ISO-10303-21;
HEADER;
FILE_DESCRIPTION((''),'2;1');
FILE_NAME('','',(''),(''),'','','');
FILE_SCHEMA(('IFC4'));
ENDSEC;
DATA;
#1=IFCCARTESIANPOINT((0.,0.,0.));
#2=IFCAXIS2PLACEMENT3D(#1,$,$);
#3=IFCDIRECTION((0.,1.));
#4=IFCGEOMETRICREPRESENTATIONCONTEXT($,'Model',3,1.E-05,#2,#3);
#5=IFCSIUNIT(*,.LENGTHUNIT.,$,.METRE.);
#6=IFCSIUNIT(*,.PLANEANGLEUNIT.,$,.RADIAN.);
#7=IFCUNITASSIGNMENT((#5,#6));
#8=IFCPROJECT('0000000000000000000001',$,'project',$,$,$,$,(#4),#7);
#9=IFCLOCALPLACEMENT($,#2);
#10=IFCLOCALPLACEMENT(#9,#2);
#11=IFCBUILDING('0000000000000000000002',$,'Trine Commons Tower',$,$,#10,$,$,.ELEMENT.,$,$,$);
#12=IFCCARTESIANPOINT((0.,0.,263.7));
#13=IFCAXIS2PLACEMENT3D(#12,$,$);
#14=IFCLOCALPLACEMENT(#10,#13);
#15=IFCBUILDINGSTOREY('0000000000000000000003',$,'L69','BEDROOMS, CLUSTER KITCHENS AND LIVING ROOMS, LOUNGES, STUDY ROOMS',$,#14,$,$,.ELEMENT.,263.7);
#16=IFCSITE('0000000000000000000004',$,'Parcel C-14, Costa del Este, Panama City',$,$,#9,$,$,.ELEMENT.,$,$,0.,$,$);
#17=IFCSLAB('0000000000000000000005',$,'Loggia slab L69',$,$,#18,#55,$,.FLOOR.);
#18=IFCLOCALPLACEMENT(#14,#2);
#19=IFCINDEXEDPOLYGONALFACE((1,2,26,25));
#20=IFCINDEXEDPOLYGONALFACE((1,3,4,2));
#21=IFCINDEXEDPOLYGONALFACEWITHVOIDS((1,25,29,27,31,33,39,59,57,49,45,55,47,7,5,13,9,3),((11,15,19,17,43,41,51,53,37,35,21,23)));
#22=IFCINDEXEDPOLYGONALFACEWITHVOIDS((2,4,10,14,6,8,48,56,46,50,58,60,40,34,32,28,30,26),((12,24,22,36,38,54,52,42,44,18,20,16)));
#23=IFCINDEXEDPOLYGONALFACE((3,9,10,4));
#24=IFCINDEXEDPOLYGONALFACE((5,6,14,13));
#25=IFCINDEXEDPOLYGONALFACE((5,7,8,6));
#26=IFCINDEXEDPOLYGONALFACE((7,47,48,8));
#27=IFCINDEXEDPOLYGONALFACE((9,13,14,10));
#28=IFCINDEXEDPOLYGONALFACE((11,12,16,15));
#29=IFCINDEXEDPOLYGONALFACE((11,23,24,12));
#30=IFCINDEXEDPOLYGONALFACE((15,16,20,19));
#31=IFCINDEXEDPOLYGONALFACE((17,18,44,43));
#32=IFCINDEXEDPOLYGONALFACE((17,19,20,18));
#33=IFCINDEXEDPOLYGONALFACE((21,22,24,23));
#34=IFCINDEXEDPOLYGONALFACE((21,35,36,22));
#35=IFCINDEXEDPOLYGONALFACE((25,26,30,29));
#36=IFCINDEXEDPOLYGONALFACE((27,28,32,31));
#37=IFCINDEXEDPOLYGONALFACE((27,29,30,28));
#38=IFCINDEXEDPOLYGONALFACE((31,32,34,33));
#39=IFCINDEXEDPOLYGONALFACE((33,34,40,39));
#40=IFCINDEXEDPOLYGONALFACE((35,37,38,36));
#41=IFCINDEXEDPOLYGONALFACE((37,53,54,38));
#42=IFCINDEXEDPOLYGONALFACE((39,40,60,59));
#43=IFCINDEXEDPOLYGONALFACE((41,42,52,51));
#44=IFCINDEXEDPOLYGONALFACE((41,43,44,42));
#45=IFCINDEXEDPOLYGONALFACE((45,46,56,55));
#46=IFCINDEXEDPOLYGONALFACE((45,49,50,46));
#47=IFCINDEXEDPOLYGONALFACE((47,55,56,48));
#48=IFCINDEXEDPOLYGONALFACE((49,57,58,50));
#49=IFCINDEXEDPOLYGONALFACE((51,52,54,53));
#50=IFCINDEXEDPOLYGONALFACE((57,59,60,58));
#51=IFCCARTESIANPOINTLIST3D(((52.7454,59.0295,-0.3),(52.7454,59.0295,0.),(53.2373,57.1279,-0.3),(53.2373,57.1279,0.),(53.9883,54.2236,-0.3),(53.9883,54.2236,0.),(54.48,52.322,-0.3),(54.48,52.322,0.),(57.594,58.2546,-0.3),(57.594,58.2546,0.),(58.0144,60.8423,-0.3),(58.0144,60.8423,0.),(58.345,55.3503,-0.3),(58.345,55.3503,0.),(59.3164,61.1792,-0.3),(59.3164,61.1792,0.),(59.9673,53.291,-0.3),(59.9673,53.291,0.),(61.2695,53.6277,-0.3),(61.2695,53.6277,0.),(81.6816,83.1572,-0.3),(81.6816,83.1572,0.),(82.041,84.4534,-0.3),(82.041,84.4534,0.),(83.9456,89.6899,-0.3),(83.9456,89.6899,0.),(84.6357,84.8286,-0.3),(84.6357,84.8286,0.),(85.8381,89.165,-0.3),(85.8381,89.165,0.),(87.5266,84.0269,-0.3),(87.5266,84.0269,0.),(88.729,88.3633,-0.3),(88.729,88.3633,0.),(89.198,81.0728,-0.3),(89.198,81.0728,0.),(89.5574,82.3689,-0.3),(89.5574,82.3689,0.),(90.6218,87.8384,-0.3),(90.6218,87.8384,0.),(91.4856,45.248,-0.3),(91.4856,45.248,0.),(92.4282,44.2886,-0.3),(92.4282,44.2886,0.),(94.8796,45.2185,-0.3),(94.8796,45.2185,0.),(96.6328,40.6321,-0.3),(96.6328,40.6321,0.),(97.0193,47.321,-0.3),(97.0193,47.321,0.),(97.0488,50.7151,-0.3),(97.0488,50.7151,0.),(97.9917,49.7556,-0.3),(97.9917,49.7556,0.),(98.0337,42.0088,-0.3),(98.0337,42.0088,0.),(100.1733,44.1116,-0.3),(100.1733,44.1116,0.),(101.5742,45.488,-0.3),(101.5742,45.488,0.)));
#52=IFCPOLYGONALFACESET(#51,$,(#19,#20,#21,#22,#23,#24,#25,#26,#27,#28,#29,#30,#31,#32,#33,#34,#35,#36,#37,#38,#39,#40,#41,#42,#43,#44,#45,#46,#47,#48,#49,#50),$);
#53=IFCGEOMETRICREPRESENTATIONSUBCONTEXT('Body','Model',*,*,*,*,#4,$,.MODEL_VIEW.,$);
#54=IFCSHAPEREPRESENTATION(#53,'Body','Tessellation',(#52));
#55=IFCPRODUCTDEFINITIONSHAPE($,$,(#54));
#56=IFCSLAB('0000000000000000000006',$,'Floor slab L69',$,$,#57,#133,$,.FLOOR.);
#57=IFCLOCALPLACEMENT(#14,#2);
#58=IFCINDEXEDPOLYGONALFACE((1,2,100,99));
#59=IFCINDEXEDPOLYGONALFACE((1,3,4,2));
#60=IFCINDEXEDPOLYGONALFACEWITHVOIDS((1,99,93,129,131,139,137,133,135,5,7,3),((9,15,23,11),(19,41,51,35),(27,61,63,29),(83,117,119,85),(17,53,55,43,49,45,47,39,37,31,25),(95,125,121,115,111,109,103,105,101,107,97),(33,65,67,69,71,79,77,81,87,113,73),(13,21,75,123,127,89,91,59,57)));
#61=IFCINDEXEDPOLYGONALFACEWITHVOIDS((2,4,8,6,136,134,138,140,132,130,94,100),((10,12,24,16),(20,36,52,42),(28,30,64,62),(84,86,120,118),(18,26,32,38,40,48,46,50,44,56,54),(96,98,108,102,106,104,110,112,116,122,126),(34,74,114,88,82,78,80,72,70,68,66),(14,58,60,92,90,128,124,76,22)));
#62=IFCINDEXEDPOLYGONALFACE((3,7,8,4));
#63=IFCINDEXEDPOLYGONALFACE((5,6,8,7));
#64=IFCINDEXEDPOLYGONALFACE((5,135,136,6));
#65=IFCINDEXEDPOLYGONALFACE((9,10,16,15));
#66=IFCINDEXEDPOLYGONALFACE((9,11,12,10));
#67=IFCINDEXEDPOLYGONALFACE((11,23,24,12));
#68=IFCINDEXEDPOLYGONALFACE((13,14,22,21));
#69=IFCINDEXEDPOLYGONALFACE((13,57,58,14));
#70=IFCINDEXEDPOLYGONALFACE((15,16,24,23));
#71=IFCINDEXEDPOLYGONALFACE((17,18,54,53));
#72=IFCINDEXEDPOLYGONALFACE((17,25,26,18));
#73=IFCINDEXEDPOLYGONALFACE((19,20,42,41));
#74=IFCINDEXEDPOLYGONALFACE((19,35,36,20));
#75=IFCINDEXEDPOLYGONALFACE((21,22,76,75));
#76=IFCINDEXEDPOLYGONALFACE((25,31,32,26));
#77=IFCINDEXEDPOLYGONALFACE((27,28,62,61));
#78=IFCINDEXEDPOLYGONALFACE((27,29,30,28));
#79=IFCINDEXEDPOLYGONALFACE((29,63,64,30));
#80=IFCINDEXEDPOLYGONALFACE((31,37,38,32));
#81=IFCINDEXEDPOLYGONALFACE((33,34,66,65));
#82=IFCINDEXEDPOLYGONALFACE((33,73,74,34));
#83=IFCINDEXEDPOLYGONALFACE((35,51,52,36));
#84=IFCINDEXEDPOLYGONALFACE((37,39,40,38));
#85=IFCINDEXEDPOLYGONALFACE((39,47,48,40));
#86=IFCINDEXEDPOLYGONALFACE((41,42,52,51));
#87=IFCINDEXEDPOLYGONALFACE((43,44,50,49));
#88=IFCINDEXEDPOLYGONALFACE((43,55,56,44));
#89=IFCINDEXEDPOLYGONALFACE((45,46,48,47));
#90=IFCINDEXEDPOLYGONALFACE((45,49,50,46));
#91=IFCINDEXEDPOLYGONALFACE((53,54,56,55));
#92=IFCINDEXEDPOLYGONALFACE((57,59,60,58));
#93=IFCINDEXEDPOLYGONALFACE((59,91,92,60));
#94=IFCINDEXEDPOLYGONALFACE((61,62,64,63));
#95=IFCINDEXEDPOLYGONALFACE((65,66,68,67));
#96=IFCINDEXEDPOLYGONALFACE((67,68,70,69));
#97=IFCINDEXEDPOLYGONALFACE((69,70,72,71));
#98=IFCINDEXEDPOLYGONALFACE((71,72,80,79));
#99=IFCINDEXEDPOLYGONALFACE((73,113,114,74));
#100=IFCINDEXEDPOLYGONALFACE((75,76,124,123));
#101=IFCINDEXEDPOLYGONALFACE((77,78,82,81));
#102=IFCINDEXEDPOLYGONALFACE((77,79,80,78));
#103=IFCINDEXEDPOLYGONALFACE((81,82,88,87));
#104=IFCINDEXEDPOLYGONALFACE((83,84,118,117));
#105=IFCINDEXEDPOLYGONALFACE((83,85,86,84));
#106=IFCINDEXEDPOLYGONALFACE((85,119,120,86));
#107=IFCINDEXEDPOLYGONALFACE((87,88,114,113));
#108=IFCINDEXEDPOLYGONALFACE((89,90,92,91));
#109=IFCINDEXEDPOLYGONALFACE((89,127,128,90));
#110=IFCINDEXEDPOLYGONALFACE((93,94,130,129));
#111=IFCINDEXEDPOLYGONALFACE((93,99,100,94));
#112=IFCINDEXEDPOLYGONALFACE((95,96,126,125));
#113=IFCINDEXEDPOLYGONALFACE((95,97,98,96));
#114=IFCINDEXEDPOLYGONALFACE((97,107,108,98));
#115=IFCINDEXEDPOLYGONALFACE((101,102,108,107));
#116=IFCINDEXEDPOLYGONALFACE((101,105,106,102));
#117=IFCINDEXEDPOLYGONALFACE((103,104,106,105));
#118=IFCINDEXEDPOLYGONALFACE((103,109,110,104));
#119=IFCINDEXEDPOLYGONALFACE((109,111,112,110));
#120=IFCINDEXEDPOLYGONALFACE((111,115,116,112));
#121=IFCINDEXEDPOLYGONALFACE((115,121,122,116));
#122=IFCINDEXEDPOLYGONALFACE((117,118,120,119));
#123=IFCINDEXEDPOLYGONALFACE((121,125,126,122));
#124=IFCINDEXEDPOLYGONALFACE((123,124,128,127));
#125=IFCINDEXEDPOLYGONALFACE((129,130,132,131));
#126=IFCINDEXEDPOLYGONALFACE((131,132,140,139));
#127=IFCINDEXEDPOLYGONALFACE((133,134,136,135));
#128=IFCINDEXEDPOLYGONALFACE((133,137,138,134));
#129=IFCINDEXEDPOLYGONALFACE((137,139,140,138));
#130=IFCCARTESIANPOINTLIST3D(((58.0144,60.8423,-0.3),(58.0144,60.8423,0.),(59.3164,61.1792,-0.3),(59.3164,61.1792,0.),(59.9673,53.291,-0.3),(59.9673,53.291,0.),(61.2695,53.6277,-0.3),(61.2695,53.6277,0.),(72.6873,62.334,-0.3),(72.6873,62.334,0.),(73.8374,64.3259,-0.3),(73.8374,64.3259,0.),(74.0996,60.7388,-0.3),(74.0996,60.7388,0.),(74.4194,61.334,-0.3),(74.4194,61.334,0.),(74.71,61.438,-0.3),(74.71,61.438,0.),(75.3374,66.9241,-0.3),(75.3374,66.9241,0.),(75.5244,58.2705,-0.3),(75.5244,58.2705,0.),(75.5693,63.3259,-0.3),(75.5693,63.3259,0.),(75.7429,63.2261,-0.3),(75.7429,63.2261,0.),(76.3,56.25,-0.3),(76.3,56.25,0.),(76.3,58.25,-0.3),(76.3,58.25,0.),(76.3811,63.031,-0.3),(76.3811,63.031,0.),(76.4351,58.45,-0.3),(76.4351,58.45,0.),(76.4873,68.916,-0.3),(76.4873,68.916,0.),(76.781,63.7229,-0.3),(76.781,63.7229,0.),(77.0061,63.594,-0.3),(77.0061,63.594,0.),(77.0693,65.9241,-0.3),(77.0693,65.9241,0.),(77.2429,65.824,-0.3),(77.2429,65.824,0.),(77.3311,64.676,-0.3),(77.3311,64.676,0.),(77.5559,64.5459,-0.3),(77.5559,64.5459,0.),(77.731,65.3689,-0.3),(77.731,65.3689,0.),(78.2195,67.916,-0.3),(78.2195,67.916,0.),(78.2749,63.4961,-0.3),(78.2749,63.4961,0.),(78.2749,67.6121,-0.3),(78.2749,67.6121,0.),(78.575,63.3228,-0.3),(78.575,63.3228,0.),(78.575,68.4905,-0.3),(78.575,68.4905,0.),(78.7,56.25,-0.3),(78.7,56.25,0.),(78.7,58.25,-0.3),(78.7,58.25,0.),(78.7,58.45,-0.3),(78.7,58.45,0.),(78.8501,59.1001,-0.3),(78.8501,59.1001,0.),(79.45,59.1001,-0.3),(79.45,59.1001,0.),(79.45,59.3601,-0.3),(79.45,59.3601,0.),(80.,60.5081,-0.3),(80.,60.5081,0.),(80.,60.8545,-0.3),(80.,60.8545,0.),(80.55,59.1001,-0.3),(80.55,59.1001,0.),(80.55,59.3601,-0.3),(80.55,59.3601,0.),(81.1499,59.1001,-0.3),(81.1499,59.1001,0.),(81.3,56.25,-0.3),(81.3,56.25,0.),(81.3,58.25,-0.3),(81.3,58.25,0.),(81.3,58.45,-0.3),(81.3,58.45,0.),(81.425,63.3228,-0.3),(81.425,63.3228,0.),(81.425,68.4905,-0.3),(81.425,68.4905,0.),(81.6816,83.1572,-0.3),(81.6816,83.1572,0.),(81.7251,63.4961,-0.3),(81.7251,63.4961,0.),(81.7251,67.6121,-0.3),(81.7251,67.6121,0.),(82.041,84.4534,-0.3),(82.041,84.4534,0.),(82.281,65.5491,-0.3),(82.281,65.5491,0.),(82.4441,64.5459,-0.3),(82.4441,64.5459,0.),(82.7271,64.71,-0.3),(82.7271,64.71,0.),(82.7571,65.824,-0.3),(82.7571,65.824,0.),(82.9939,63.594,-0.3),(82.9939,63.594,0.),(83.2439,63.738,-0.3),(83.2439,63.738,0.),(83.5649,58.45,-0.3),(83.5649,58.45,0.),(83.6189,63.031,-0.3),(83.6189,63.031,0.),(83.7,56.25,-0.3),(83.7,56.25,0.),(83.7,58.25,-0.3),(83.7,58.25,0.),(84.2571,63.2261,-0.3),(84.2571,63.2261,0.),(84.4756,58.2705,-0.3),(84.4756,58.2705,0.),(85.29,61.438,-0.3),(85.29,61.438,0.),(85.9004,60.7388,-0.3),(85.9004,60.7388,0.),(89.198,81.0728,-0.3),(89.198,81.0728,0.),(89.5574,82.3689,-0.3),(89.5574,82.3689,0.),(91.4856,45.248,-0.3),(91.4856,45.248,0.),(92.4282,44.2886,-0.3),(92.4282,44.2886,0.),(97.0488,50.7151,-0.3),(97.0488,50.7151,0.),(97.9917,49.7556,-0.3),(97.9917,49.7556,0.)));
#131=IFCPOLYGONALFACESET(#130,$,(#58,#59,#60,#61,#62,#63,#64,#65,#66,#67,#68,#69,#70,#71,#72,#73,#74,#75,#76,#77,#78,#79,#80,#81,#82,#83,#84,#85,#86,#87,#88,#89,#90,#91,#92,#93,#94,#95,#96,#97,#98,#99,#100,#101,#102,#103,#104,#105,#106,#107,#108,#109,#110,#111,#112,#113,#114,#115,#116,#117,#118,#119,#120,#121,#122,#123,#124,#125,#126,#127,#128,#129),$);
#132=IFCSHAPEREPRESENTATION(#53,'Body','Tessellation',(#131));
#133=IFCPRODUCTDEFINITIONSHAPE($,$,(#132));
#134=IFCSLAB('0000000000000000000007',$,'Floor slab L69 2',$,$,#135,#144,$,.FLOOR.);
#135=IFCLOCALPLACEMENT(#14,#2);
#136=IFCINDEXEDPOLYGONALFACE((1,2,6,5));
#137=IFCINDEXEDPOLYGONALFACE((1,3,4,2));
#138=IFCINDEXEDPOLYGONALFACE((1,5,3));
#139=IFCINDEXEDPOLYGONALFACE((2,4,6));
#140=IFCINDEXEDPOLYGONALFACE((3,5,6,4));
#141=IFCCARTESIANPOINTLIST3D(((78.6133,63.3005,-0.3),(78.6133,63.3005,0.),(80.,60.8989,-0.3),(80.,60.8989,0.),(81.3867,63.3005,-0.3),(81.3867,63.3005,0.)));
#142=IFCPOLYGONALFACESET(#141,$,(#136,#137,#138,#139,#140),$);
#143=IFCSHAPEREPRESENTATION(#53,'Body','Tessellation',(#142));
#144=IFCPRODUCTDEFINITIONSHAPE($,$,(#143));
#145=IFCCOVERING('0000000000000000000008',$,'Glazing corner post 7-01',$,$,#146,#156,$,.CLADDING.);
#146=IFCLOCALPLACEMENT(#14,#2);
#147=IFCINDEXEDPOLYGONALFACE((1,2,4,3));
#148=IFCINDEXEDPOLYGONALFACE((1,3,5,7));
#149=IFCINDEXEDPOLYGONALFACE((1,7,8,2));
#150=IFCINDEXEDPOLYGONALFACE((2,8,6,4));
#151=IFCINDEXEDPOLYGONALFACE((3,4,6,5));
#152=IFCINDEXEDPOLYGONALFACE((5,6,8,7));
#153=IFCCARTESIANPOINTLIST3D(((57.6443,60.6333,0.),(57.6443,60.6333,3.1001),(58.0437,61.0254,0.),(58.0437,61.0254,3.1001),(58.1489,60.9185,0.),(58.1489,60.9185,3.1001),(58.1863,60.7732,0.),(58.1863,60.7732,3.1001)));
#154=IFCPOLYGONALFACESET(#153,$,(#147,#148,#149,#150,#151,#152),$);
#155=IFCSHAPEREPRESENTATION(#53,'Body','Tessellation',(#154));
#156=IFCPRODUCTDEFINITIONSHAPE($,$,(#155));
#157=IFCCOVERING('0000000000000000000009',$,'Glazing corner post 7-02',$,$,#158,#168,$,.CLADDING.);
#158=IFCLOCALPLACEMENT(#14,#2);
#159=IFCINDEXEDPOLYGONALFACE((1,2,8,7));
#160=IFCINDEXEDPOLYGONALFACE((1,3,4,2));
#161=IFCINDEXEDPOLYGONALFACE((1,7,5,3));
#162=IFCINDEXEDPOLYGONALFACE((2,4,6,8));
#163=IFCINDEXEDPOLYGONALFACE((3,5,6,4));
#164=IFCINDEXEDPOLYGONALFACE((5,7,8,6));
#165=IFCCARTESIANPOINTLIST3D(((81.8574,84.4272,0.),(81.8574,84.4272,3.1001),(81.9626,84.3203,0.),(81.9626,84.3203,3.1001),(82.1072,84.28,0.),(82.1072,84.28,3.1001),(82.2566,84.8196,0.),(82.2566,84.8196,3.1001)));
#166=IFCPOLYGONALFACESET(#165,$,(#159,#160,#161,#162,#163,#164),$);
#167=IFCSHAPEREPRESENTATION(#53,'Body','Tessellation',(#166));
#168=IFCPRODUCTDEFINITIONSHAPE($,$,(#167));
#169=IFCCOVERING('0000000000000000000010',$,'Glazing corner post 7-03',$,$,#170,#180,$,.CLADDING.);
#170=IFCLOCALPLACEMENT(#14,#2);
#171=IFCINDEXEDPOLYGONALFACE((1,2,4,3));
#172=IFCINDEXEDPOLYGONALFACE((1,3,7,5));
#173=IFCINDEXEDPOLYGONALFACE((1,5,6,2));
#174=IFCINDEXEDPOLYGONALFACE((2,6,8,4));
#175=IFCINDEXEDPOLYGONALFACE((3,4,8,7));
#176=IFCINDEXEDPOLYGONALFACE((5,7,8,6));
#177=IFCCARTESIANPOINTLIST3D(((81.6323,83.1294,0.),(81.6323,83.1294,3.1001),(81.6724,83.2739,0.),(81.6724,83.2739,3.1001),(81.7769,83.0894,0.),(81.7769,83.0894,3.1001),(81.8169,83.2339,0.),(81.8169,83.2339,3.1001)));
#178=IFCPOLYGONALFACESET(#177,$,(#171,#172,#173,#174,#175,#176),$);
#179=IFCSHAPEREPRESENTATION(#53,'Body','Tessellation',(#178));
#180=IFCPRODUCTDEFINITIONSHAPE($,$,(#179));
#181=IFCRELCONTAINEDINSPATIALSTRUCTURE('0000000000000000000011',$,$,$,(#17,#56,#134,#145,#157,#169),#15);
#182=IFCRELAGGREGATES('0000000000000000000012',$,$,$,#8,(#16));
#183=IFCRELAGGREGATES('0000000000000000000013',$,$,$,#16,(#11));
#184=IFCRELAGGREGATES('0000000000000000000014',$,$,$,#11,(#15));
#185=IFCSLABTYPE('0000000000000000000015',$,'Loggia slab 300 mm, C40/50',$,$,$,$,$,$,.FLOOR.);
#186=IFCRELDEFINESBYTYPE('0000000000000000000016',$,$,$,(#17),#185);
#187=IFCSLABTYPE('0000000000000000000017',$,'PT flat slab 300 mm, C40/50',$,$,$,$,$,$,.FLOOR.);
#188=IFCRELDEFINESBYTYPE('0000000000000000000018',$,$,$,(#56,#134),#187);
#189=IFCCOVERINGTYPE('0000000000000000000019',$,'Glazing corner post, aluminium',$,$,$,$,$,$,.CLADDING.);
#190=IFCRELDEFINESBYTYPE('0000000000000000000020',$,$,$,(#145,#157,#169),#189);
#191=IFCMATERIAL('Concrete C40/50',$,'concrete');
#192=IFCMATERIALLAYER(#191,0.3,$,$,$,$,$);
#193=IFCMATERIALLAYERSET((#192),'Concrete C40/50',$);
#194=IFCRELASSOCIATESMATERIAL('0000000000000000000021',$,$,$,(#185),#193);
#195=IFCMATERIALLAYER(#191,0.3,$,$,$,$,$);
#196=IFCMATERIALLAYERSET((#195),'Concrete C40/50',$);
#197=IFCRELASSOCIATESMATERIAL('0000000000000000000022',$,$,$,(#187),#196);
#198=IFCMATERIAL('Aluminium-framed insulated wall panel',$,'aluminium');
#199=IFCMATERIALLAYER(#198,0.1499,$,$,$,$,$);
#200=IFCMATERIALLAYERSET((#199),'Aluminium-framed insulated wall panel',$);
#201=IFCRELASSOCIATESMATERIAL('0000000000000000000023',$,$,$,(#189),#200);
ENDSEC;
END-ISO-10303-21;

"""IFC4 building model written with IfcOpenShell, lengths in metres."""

from ifc_helpers import new_model, si_unit, direction, frame, origin, place, context, subcontext, project, spatial, polyline, outline, extrude, material, layer, layer_set, type_object, element, save


model = new_model("IFC4")

# Units and contexts
model_context = context("Model", 3, precision=1e-05, world=origin(), true_north=direction((0.0, 1.0)))
body_context = subcontext(model_context, "Body", "Model", "MODEL_VIEW")
ifc_project = project(units=[si_unit("LENGTHUNIT", "METRE"), si_unit("PLANEANGLEUNIT", "RADIAN")], contexts=[model_context])

# Site, building, storey
site_placement = place(None, origin())
site = spatial("IfcSite", under=ifc_project, at=site_placement, Name="Parcel C-14, Costa del Este, Panama City", CompositionType="ELEMENT", RefElevation=0.0)
building_placement = place(site_placement, origin())
building = spatial("IfcBuilding", under=site, at=building_placement, Name="Trine Commons Tower", CompositionType="ELEMENT")
storey_placement = place(building_placement, frame((0.0, 0.0, 263.7)))
storey = spatial("IfcBuildingStorey", under=building, at=storey_placement, Name="L69", Description="BEDROOMS, CLUSTER KITCHENS AND LIVING ROOMS, LOUNGES, STUDY ROOMS", CompositionType="ELEMENT", Elevation=263.7)

# Slabs
ifc_material_1 = material(Name="Concrete C40/50", Category="concrete")
ifc_layer_1 = layer(ifc_material_1, 0.3)
ifc_layer_set_1 = layer_set([ifc_layer_1], Name="Concrete C40/50")
slab_type_1 = type_object("IfcSlabType", Name="Loggia slab 300 mm, C40/50", PredefinedType="FLOOR", material=ifc_layer_set_1)
slab_1_placement = place(storey_placement, frame((0.0, 0.0, -0.3)))
element("IfcSlab", 1, at=slab_1_placement, inside=storey, type_object=slab_type_1, Name="Loggia slab L69", PredefinedType="FLOOR", context=body_context, shape_type="SweptSolid", body=[
    extrude(outline(polyline([(101.5742, 45.488), (90.6218, 87.8384), (88.729, 88.3633), (87.5266, 84.0269), (84.6357, 84.8286), (85.8381, 89.165), (83.9456, 89.6899), (52.7454, 59.0295), (53.2373, 57.1279), (57.594, 58.2546), (58.345, 55.3503), (53.9883, 54.2236), (54.48, 52.322), (96.6328, 40.6321), (98.0337, 42.0088), (94.8796, 45.2185), (97.0193, 47.321), (100.1733, 44.1116), (101.5742, 45.488)]), holes=[polyline([(59.3164, 61.1792), (61.2695, 53.6277), (59.9673, 53.291), (92.4282, 44.2886), (91.4856, 45.248), (97.0488, 50.7151), (97.9917, 49.7556), (89.5574, 82.3689), (89.198, 81.0728), (81.6816, 83.1572), (82.041, 84.4534), (58.0144, 60.8423), (59.3164, 61.1792)])]), origin(), (0.0, 0.0, 1.0), 0.3),
])
ifc_layer_2 = layer(ifc_material_1, 0.3)
ifc_layer_set_2 = layer_set([ifc_layer_2], Name="Concrete C40/50")
slab_type_2 = type_object("IfcSlabType", Name="PT flat slab 300 mm, C40/50", PredefinedType="FLOOR", material=ifc_layer_set_2)
slab_2_placement = place(storey_placement, frame((0.0, 0.0, -0.3)))
element("IfcSlab", 2, at=slab_2_placement, inside=storey, type_object=slab_type_2, Name="Floor slab L69", PredefinedType="FLOOR", context=body_context, shape_type="SweptSolid", body=[
    extrude(outline(polyline([(58.0144, 60.8423), (59.3164, 61.1792), (61.2695, 53.6277), (59.9673, 53.291), (92.4282, 44.2886), (91.4856, 45.248), (97.0488, 50.7151), (97.9917, 49.7556), (89.5574, 82.3689), (89.198, 81.0728), (81.6816, 83.1572), (82.041, 84.4534), (58.0144, 60.8423)]), holes=[polyline([(78.7, 56.25), (78.7, 58.25), (76.3, 58.25), (76.3, 56.25), (78.7, 56.25)]), polyline([(83.7, 56.25), (83.7, 58.25), (81.3, 58.25), (81.3, 56.25), (83.7, 56.25)]), polyline([(81.3, 58.45), (83.5649, 58.45), (80.0, 60.5081), (76.4351, 58.45), (78.7, 58.45), (78.8501, 59.1001), (79.45, 59.1001), (79.45, 59.3601), (80.55, 59.3601), (80.55, 59.1001), (81.1499, 59.1001), (81.3, 58.45)]), polyline([(81.425, 63.3228), (81.425, 68.4905), (78.575, 68.4905), (78.575, 63.3228), (74.0996, 60.7388), (75.5244, 58.2705), (80.0, 60.8545), (84.4756, 58.2705), (85.9004, 60.7388), (81.425, 63.3228)]), polyline([(72.6873, 62.334), (74.4194, 61.334), (75.5693, 63.3259), (73.8374, 64.3259), (72.6873, 62.334)]), polyline([(76.3811, 63.031), (75.7429, 63.2261), (74.71, 61.438), (78.2749, 63.4961), (78.2749, 67.6121), (77.2429, 65.824), (77.731, 65.3689), (77.3311, 64.676), (77.5559, 64.5459), (77.0061, 63.594), (76.781, 63.7229), (76.3811, 63.031)]), polyline([(82.9939, 63.594), (82.4441, 64.5459), (82.7271, 64.71), (82.281, 65.5491), (82.7571, 65.824), (81.7251, 67.6121), (81.7251, 63.4961), (85.29, 61.438), (84.2571, 63.2261), (83.6189, 63.031), (83.2439, 63.738), (82.9939, 63.594)]), polyline([(76.4873, 68.916), (75.3374, 66.9241), (77.0693, 65.9241), (78.2195, 67.916), (76.4873, 68.916)])]), origin(), (0.0, 0.0, 1.0), 0.3),
])
slab_3_placement = place(storey_placement, frame((0.0, 0.0, -0.3)))
element("IfcSlab", 3, at=slab_3_placement, inside=storey, type_object=slab_type_2, Name="Floor slab L69 2", PredefinedType="FLOOR", context=body_context, shape_type="SweptSolid", body=[
    extrude(outline(polyline([(81.3867, 63.3005), (78.6133, 63.3005), (80.0, 60.8989), (81.3867, 63.3005)])), origin(), (0.0, 0.0, 1.0), 0.3),
])

# Coverings
ifc_material_2 = material(Name="Aluminium-framed insulated wall panel", Category="aluminium")
ifc_layer_3 = layer(ifc_material_2, 0.1499)
ifc_layer_set_3 = layer_set([ifc_layer_3], Name="Aluminium-framed insulated wall panel")
covering_type_1 = type_object("IfcCoveringType", Name="Glazing corner post, aluminium", PredefinedType="CLADDING", material=ifc_layer_set_3)
covering_1_placement = place(storey_placement, origin())
element("IfcCovering", 4, at=covering_1_placement, inside=storey, type_object=covering_type_1, Name="Glazing corner post 7-01", PredefinedType="CLADDING", context=body_context, shape_type="SweptSolid", body=[
    extrude(outline(polyline([(58.1863, 60.7732), (58.1489, 60.9185), (58.0437, 61.0254), (57.6443, 60.6333), (58.1863, 60.7732)])), origin(), (0.0, 0.0, 1.0), 3.1001),
])
covering_2_placement = place(storey_placement, origin())
element("IfcCovering", 5, at=covering_2_placement, inside=storey, type_object=covering_type_1, Name="Glazing corner post 7-02", PredefinedType="CLADDING", context=body_context, shape_type="SweptSolid", body=[
    extrude(outline(polyline([(82.1072, 84.28), (82.2566, 84.8196), (81.8574, 84.4272), (81.9626, 84.3203), (82.1072, 84.28)])), origin(), (0.0, 0.0, 1.0), 3.1001),
])
covering_3_placement = place(storey_placement, origin())
element("IfcCovering", 6, at=covering_3_placement, inside=storey, type_object=covering_type_1, Name="Glazing corner post 7-03", PredefinedType="CLADDING", context=body_context, shape_type="SweptSolid", body=[
    extrude(outline(polyline([(81.7769, 83.0894), (81.8169, 83.2339), (81.6724, 83.2739), (81.6323, 83.1294), (81.7769, 83.0894)])), origin(), (0.0, 0.0, 1.0), 3.1001),
])

save(model, "model.ifc")
